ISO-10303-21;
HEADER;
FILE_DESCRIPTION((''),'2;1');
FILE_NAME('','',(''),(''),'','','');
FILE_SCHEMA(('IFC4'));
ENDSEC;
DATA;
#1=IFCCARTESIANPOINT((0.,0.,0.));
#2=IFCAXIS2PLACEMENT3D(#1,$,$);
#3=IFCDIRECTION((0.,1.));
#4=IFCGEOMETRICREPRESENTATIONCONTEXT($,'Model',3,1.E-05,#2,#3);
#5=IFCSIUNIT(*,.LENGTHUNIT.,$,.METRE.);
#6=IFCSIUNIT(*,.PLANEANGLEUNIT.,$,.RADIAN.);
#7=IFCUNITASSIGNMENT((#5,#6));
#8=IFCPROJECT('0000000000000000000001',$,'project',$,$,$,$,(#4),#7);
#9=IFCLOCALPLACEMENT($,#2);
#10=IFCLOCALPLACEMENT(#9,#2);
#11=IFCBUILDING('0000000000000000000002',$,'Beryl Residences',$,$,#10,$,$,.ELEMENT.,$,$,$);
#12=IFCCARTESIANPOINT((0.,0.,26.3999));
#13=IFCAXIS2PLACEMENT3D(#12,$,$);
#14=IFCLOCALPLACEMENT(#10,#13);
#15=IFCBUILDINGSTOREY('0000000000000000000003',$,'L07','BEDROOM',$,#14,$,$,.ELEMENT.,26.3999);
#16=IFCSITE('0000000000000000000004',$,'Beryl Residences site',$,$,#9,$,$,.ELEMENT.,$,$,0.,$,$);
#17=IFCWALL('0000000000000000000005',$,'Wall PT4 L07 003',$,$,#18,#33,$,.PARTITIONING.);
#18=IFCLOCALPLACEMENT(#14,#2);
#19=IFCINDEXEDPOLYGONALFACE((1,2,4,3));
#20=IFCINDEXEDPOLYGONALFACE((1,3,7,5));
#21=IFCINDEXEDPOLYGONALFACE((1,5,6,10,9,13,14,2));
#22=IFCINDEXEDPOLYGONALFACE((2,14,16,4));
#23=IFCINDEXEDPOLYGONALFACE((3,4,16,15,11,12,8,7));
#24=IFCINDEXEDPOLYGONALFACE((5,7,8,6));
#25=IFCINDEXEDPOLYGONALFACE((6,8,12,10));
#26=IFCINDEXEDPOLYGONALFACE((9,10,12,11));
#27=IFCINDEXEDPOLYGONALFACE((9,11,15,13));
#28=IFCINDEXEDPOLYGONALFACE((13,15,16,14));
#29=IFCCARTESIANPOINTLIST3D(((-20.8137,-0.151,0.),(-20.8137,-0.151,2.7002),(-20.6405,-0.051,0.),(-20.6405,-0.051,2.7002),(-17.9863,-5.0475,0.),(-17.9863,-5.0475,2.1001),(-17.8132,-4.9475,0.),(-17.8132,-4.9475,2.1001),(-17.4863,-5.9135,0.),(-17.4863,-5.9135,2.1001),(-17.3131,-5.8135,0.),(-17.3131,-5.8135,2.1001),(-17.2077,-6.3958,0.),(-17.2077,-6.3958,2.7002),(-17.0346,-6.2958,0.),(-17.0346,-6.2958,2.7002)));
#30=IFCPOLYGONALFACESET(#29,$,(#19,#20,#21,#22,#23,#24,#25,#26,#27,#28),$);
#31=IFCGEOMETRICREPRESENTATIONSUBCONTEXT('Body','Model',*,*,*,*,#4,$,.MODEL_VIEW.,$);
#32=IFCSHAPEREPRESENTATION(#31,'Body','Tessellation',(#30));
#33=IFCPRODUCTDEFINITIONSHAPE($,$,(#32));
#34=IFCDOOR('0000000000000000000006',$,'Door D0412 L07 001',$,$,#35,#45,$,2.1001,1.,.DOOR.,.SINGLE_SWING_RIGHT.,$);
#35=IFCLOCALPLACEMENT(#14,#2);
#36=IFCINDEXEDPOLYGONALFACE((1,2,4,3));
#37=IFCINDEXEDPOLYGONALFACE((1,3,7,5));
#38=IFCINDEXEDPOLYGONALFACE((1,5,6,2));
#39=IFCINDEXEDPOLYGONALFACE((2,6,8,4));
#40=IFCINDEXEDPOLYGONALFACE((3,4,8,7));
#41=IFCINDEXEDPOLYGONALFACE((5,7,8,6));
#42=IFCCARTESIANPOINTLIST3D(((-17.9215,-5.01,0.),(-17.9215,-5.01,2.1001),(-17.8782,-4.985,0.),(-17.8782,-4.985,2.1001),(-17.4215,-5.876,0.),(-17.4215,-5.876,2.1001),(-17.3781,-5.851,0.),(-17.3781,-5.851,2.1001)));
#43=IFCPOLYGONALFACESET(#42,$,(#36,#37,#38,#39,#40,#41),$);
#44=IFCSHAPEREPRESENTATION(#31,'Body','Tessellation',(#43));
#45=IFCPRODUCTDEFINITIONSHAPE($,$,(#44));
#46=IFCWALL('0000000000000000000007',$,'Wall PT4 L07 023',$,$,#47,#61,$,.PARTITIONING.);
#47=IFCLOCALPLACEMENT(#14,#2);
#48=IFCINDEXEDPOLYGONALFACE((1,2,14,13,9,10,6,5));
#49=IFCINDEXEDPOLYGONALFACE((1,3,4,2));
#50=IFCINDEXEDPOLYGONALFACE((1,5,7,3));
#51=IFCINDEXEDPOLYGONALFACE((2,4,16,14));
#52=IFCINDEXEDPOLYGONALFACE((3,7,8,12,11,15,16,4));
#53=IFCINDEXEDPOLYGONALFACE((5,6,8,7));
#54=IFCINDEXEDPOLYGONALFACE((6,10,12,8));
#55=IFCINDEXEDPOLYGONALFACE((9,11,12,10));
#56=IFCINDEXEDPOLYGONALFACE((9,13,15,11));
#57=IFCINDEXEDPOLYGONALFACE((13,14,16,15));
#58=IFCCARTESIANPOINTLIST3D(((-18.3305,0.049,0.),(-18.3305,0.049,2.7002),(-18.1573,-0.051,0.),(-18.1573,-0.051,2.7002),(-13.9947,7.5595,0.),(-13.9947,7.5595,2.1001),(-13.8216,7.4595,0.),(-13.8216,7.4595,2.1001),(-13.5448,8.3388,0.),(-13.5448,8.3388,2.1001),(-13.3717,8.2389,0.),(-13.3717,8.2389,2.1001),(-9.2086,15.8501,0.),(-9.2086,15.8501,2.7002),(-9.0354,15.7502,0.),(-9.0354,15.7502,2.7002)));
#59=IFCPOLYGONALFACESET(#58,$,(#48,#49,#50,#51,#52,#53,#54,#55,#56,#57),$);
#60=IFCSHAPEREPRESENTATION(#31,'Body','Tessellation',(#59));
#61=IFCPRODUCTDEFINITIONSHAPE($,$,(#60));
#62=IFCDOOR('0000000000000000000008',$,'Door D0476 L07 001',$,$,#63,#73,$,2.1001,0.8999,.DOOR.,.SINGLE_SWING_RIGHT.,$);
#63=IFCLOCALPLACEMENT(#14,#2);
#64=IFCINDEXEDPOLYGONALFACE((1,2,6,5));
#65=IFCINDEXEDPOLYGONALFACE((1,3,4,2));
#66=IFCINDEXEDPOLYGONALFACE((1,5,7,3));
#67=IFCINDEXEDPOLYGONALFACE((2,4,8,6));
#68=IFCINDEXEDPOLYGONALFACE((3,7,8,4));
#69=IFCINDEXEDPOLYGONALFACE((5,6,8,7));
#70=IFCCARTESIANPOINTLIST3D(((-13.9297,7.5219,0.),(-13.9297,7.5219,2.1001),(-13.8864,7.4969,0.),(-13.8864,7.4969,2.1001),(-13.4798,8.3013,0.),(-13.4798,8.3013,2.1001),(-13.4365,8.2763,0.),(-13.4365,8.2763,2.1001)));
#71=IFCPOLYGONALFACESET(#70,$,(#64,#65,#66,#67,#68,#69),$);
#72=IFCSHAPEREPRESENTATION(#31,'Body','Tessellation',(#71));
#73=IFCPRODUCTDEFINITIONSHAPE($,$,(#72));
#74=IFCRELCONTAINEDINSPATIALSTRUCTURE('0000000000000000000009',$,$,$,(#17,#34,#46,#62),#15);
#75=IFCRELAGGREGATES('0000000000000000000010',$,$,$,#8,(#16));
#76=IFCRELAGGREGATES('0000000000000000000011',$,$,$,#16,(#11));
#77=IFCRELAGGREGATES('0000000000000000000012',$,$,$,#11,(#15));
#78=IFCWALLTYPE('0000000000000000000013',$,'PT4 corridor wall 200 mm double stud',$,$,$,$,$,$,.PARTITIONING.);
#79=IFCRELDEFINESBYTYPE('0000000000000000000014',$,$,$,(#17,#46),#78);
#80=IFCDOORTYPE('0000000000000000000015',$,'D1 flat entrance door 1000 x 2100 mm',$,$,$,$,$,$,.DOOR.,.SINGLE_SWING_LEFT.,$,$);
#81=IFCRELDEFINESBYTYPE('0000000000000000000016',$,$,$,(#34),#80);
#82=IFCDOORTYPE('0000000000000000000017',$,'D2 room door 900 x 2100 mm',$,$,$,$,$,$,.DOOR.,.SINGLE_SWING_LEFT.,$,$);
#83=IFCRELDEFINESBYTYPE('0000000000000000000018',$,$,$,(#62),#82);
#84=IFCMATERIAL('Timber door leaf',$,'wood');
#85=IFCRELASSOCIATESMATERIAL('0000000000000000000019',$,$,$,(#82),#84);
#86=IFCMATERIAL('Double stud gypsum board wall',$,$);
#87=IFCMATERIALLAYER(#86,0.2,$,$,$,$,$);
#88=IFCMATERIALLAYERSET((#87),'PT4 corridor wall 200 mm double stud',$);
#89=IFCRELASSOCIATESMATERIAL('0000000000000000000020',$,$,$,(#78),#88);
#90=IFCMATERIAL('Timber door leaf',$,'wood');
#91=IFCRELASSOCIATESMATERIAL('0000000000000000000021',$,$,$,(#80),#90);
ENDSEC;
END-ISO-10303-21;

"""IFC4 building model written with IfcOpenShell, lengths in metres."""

from ifc_helpers import new_model, si_unit, direction, frame, frame_2d, origin, place, context, subcontext, project, spatial, rectangle, extrude, material, layer, layer_set, type_object, element, fill, save


model = new_model("IFC4")

# Units and contexts
model_context = context("Model", 3, precision=1e-05, world=origin(), true_north=direction((0.0, 1.0)))
body_context = subcontext(model_context, "Body", "Model", "MODEL_VIEW")
ifc_project = project(units=[si_unit("LENGTHUNIT", "METRE"), si_unit("PLANEANGLEUNIT", "RADIAN")], contexts=[model_context])

# Site, building, storey
site_placement = place(None, origin())
site = spatial("IfcSite", under=ifc_project, at=site_placement, Name="Beryl Residences site", CompositionType="ELEMENT", RefElevation=0.0)
building_placement = place(site_placement, origin())
building = spatial("IfcBuilding", under=site, at=building_placement, Name="Beryl Residences", CompositionType="ELEMENT")
storey_placement = place(building_placement, frame((0.0, 0.0, 26.3999)))
storey = spatial("IfcBuildingStorey", under=building, at=storey_placement, Name="L07", Description="BEDROOM", CompositionType="ELEMENT", Elevation=26.3999)

# Shared definitions
ifc_material_1 = material(Name="Timber door leaf", Category="wood")
door_type_1 = type_object("IfcDoorType", Name="D2 room door 900 x 2100 mm", OperationType="SINGLE_SWING_LEFT", PredefinedType="DOOR", material=ifc_material_1)

# Shared definitions
ifc_material_2 = material(Name="Double stud gypsum board wall")
ifc_layer_1 = layer(ifc_material_2, 0.2)
ifc_layer_set_1 = layer_set([ifc_layer_1], Name="PT4 corridor wall 200 mm double stud")
wall_type_1 = type_object("IfcWallType", Name="PT4 corridor wall 200 mm double stud", PredefinedType="PARTITIONING", material=ifc_layer_set_1)

# Walls, openings, doors
wall_1_placement = place(storey_placement, frame((-20.7271, -0.1011, 0.0), z_axis=(0.0, 0.0, 1.0), x_axis=(0.50005, -0.865997, 0.0)))
wall_1 = element("IfcWall", 1, at=wall_1_placement, inside=storey, type_object=wall_type_1, Name="Wall PT4 L07 003", PredefinedType="PARTITIONING", context=body_context, shape_type="SweptSolid", body=[
    extrude(rectangle(XDim=7.2112, YDim=0.2, at=frame_2d((3.6055, 0.0))), origin(), (0.0, 0.0, 1.0), 2.7002),
])
opening_1_placement = place(wall_1_placement, frame((5.6541, 0.0, 0.0)))
opening_1 = element("IfcOpeningElement", 2, at=opening_1_placement, cuts=wall_1, PredefinedType="OPENING", context=body_context, shape_type="SweptSolid", body=[
    extrude(rectangle(XDim=1.0, YDim=2.1001, at=frame_2d((0.5, 1.05))), frame((0.0, 0.1099, 0.0), z_axis=(0.0, -1.0, 0.0), x_axis=(1.0, 0.0, 0.0)), (0.0, 0.0, 1.0), 0.22),
])
ifc_material_3 = material(Name="Timber door leaf", Category="wood")
door_type_2 = type_object("IfcDoorType", Name="D1 flat entrance door 1000 x 2100 mm", OperationType="SINGLE_SWING_LEFT", PredefinedType="DOOR", material=ifc_material_3)
door_1_placement = place(opening_1_placement, origin())
door_1 = element("IfcDoor", 3, at=door_1_placement, inside=storey, type_object=door_type_2, Name="Door D0412 L07 001", OperationType="SINGLE_SWING_RIGHT", OverallHeight=2.1001, OverallWidth=1.0, PredefinedType="DOOR", context=body_context, shape_type="SweptSolid", body=[
    extrude(rectangle(XDim=1.0, YDim=2.1001, at=frame_2d((0.5, 1.05))), frame((0.0, 0.0249, 0.0), z_axis=(0.0, -1.0, 0.0), x_axis=(1.0, 0.0, 0.0)), (0.0, 0.0, 1.0), 0.05),
])
fill(opening_1, door_1)
wall_2_placement = place(storey_placement, frame((-18.2439, -0.001, 0.0), z_axis=(0.0, 0.0, 1.0), x_axis=(0.499963, 0.866047, 0.0)))
wall_2 = element("IfcWall", 4, at=wall_2_placement, inside=storey, type_object=wall_type_1, Name="Wall PT4 L07 023", PredefinedType="PARTITIONING", context=body_context, shape_type="SweptSolid", body=[
    extrude(rectangle(XDim=18.2451, YDim=0.2, at=frame_2d((9.1226, 0.0))), origin(), (0.0, 0.0, 1.0), 2.7002),
])
opening_2_placement = place(wall_2_placement, frame((8.6721, 0.0, 0.0)))
opening_2 = element("IfcOpeningElement", 5, at=opening_2_placement, cuts=wall_2, PredefinedType="OPENING", context=body_context, shape_type="SweptSolid", body=[
    extrude(rectangle(XDim=0.8999, YDim=2.1001, at=frame_2d((0.45, 1.05))), frame((0.0, 0.1099, 0.0), z_axis=(0.0, -1.0, 0.0), x_axis=(1.0, 0.0, 0.0)), (0.0, 0.0, 1.0), 0.22),
])
door_2_placement = place(opening_2_placement, origin())
door_2 = element("IfcDoor", 6, at=door_2_placement, inside=storey, type_object=door_type_1, Name="Door D0476 L07 001", OperationType="SINGLE_SWING_RIGHT", OverallHeight=2.1001, OverallWidth=0.8999, PredefinedType="DOOR", context=body_context, shape_type="SweptSolid", body=[
    extrude(rectangle(XDim=0.8999, YDim=2.1001, at=frame_2d((0.45, 1.05))), frame((0.0, 0.0249, 0.0), z_axis=(0.0, -1.0, 0.0), x_axis=(1.0, 0.0, 0.0)), (0.0, 0.0, 1.0), 0.05),
])
fill(opening_2, door_2)

save(model, "model.ifc")
